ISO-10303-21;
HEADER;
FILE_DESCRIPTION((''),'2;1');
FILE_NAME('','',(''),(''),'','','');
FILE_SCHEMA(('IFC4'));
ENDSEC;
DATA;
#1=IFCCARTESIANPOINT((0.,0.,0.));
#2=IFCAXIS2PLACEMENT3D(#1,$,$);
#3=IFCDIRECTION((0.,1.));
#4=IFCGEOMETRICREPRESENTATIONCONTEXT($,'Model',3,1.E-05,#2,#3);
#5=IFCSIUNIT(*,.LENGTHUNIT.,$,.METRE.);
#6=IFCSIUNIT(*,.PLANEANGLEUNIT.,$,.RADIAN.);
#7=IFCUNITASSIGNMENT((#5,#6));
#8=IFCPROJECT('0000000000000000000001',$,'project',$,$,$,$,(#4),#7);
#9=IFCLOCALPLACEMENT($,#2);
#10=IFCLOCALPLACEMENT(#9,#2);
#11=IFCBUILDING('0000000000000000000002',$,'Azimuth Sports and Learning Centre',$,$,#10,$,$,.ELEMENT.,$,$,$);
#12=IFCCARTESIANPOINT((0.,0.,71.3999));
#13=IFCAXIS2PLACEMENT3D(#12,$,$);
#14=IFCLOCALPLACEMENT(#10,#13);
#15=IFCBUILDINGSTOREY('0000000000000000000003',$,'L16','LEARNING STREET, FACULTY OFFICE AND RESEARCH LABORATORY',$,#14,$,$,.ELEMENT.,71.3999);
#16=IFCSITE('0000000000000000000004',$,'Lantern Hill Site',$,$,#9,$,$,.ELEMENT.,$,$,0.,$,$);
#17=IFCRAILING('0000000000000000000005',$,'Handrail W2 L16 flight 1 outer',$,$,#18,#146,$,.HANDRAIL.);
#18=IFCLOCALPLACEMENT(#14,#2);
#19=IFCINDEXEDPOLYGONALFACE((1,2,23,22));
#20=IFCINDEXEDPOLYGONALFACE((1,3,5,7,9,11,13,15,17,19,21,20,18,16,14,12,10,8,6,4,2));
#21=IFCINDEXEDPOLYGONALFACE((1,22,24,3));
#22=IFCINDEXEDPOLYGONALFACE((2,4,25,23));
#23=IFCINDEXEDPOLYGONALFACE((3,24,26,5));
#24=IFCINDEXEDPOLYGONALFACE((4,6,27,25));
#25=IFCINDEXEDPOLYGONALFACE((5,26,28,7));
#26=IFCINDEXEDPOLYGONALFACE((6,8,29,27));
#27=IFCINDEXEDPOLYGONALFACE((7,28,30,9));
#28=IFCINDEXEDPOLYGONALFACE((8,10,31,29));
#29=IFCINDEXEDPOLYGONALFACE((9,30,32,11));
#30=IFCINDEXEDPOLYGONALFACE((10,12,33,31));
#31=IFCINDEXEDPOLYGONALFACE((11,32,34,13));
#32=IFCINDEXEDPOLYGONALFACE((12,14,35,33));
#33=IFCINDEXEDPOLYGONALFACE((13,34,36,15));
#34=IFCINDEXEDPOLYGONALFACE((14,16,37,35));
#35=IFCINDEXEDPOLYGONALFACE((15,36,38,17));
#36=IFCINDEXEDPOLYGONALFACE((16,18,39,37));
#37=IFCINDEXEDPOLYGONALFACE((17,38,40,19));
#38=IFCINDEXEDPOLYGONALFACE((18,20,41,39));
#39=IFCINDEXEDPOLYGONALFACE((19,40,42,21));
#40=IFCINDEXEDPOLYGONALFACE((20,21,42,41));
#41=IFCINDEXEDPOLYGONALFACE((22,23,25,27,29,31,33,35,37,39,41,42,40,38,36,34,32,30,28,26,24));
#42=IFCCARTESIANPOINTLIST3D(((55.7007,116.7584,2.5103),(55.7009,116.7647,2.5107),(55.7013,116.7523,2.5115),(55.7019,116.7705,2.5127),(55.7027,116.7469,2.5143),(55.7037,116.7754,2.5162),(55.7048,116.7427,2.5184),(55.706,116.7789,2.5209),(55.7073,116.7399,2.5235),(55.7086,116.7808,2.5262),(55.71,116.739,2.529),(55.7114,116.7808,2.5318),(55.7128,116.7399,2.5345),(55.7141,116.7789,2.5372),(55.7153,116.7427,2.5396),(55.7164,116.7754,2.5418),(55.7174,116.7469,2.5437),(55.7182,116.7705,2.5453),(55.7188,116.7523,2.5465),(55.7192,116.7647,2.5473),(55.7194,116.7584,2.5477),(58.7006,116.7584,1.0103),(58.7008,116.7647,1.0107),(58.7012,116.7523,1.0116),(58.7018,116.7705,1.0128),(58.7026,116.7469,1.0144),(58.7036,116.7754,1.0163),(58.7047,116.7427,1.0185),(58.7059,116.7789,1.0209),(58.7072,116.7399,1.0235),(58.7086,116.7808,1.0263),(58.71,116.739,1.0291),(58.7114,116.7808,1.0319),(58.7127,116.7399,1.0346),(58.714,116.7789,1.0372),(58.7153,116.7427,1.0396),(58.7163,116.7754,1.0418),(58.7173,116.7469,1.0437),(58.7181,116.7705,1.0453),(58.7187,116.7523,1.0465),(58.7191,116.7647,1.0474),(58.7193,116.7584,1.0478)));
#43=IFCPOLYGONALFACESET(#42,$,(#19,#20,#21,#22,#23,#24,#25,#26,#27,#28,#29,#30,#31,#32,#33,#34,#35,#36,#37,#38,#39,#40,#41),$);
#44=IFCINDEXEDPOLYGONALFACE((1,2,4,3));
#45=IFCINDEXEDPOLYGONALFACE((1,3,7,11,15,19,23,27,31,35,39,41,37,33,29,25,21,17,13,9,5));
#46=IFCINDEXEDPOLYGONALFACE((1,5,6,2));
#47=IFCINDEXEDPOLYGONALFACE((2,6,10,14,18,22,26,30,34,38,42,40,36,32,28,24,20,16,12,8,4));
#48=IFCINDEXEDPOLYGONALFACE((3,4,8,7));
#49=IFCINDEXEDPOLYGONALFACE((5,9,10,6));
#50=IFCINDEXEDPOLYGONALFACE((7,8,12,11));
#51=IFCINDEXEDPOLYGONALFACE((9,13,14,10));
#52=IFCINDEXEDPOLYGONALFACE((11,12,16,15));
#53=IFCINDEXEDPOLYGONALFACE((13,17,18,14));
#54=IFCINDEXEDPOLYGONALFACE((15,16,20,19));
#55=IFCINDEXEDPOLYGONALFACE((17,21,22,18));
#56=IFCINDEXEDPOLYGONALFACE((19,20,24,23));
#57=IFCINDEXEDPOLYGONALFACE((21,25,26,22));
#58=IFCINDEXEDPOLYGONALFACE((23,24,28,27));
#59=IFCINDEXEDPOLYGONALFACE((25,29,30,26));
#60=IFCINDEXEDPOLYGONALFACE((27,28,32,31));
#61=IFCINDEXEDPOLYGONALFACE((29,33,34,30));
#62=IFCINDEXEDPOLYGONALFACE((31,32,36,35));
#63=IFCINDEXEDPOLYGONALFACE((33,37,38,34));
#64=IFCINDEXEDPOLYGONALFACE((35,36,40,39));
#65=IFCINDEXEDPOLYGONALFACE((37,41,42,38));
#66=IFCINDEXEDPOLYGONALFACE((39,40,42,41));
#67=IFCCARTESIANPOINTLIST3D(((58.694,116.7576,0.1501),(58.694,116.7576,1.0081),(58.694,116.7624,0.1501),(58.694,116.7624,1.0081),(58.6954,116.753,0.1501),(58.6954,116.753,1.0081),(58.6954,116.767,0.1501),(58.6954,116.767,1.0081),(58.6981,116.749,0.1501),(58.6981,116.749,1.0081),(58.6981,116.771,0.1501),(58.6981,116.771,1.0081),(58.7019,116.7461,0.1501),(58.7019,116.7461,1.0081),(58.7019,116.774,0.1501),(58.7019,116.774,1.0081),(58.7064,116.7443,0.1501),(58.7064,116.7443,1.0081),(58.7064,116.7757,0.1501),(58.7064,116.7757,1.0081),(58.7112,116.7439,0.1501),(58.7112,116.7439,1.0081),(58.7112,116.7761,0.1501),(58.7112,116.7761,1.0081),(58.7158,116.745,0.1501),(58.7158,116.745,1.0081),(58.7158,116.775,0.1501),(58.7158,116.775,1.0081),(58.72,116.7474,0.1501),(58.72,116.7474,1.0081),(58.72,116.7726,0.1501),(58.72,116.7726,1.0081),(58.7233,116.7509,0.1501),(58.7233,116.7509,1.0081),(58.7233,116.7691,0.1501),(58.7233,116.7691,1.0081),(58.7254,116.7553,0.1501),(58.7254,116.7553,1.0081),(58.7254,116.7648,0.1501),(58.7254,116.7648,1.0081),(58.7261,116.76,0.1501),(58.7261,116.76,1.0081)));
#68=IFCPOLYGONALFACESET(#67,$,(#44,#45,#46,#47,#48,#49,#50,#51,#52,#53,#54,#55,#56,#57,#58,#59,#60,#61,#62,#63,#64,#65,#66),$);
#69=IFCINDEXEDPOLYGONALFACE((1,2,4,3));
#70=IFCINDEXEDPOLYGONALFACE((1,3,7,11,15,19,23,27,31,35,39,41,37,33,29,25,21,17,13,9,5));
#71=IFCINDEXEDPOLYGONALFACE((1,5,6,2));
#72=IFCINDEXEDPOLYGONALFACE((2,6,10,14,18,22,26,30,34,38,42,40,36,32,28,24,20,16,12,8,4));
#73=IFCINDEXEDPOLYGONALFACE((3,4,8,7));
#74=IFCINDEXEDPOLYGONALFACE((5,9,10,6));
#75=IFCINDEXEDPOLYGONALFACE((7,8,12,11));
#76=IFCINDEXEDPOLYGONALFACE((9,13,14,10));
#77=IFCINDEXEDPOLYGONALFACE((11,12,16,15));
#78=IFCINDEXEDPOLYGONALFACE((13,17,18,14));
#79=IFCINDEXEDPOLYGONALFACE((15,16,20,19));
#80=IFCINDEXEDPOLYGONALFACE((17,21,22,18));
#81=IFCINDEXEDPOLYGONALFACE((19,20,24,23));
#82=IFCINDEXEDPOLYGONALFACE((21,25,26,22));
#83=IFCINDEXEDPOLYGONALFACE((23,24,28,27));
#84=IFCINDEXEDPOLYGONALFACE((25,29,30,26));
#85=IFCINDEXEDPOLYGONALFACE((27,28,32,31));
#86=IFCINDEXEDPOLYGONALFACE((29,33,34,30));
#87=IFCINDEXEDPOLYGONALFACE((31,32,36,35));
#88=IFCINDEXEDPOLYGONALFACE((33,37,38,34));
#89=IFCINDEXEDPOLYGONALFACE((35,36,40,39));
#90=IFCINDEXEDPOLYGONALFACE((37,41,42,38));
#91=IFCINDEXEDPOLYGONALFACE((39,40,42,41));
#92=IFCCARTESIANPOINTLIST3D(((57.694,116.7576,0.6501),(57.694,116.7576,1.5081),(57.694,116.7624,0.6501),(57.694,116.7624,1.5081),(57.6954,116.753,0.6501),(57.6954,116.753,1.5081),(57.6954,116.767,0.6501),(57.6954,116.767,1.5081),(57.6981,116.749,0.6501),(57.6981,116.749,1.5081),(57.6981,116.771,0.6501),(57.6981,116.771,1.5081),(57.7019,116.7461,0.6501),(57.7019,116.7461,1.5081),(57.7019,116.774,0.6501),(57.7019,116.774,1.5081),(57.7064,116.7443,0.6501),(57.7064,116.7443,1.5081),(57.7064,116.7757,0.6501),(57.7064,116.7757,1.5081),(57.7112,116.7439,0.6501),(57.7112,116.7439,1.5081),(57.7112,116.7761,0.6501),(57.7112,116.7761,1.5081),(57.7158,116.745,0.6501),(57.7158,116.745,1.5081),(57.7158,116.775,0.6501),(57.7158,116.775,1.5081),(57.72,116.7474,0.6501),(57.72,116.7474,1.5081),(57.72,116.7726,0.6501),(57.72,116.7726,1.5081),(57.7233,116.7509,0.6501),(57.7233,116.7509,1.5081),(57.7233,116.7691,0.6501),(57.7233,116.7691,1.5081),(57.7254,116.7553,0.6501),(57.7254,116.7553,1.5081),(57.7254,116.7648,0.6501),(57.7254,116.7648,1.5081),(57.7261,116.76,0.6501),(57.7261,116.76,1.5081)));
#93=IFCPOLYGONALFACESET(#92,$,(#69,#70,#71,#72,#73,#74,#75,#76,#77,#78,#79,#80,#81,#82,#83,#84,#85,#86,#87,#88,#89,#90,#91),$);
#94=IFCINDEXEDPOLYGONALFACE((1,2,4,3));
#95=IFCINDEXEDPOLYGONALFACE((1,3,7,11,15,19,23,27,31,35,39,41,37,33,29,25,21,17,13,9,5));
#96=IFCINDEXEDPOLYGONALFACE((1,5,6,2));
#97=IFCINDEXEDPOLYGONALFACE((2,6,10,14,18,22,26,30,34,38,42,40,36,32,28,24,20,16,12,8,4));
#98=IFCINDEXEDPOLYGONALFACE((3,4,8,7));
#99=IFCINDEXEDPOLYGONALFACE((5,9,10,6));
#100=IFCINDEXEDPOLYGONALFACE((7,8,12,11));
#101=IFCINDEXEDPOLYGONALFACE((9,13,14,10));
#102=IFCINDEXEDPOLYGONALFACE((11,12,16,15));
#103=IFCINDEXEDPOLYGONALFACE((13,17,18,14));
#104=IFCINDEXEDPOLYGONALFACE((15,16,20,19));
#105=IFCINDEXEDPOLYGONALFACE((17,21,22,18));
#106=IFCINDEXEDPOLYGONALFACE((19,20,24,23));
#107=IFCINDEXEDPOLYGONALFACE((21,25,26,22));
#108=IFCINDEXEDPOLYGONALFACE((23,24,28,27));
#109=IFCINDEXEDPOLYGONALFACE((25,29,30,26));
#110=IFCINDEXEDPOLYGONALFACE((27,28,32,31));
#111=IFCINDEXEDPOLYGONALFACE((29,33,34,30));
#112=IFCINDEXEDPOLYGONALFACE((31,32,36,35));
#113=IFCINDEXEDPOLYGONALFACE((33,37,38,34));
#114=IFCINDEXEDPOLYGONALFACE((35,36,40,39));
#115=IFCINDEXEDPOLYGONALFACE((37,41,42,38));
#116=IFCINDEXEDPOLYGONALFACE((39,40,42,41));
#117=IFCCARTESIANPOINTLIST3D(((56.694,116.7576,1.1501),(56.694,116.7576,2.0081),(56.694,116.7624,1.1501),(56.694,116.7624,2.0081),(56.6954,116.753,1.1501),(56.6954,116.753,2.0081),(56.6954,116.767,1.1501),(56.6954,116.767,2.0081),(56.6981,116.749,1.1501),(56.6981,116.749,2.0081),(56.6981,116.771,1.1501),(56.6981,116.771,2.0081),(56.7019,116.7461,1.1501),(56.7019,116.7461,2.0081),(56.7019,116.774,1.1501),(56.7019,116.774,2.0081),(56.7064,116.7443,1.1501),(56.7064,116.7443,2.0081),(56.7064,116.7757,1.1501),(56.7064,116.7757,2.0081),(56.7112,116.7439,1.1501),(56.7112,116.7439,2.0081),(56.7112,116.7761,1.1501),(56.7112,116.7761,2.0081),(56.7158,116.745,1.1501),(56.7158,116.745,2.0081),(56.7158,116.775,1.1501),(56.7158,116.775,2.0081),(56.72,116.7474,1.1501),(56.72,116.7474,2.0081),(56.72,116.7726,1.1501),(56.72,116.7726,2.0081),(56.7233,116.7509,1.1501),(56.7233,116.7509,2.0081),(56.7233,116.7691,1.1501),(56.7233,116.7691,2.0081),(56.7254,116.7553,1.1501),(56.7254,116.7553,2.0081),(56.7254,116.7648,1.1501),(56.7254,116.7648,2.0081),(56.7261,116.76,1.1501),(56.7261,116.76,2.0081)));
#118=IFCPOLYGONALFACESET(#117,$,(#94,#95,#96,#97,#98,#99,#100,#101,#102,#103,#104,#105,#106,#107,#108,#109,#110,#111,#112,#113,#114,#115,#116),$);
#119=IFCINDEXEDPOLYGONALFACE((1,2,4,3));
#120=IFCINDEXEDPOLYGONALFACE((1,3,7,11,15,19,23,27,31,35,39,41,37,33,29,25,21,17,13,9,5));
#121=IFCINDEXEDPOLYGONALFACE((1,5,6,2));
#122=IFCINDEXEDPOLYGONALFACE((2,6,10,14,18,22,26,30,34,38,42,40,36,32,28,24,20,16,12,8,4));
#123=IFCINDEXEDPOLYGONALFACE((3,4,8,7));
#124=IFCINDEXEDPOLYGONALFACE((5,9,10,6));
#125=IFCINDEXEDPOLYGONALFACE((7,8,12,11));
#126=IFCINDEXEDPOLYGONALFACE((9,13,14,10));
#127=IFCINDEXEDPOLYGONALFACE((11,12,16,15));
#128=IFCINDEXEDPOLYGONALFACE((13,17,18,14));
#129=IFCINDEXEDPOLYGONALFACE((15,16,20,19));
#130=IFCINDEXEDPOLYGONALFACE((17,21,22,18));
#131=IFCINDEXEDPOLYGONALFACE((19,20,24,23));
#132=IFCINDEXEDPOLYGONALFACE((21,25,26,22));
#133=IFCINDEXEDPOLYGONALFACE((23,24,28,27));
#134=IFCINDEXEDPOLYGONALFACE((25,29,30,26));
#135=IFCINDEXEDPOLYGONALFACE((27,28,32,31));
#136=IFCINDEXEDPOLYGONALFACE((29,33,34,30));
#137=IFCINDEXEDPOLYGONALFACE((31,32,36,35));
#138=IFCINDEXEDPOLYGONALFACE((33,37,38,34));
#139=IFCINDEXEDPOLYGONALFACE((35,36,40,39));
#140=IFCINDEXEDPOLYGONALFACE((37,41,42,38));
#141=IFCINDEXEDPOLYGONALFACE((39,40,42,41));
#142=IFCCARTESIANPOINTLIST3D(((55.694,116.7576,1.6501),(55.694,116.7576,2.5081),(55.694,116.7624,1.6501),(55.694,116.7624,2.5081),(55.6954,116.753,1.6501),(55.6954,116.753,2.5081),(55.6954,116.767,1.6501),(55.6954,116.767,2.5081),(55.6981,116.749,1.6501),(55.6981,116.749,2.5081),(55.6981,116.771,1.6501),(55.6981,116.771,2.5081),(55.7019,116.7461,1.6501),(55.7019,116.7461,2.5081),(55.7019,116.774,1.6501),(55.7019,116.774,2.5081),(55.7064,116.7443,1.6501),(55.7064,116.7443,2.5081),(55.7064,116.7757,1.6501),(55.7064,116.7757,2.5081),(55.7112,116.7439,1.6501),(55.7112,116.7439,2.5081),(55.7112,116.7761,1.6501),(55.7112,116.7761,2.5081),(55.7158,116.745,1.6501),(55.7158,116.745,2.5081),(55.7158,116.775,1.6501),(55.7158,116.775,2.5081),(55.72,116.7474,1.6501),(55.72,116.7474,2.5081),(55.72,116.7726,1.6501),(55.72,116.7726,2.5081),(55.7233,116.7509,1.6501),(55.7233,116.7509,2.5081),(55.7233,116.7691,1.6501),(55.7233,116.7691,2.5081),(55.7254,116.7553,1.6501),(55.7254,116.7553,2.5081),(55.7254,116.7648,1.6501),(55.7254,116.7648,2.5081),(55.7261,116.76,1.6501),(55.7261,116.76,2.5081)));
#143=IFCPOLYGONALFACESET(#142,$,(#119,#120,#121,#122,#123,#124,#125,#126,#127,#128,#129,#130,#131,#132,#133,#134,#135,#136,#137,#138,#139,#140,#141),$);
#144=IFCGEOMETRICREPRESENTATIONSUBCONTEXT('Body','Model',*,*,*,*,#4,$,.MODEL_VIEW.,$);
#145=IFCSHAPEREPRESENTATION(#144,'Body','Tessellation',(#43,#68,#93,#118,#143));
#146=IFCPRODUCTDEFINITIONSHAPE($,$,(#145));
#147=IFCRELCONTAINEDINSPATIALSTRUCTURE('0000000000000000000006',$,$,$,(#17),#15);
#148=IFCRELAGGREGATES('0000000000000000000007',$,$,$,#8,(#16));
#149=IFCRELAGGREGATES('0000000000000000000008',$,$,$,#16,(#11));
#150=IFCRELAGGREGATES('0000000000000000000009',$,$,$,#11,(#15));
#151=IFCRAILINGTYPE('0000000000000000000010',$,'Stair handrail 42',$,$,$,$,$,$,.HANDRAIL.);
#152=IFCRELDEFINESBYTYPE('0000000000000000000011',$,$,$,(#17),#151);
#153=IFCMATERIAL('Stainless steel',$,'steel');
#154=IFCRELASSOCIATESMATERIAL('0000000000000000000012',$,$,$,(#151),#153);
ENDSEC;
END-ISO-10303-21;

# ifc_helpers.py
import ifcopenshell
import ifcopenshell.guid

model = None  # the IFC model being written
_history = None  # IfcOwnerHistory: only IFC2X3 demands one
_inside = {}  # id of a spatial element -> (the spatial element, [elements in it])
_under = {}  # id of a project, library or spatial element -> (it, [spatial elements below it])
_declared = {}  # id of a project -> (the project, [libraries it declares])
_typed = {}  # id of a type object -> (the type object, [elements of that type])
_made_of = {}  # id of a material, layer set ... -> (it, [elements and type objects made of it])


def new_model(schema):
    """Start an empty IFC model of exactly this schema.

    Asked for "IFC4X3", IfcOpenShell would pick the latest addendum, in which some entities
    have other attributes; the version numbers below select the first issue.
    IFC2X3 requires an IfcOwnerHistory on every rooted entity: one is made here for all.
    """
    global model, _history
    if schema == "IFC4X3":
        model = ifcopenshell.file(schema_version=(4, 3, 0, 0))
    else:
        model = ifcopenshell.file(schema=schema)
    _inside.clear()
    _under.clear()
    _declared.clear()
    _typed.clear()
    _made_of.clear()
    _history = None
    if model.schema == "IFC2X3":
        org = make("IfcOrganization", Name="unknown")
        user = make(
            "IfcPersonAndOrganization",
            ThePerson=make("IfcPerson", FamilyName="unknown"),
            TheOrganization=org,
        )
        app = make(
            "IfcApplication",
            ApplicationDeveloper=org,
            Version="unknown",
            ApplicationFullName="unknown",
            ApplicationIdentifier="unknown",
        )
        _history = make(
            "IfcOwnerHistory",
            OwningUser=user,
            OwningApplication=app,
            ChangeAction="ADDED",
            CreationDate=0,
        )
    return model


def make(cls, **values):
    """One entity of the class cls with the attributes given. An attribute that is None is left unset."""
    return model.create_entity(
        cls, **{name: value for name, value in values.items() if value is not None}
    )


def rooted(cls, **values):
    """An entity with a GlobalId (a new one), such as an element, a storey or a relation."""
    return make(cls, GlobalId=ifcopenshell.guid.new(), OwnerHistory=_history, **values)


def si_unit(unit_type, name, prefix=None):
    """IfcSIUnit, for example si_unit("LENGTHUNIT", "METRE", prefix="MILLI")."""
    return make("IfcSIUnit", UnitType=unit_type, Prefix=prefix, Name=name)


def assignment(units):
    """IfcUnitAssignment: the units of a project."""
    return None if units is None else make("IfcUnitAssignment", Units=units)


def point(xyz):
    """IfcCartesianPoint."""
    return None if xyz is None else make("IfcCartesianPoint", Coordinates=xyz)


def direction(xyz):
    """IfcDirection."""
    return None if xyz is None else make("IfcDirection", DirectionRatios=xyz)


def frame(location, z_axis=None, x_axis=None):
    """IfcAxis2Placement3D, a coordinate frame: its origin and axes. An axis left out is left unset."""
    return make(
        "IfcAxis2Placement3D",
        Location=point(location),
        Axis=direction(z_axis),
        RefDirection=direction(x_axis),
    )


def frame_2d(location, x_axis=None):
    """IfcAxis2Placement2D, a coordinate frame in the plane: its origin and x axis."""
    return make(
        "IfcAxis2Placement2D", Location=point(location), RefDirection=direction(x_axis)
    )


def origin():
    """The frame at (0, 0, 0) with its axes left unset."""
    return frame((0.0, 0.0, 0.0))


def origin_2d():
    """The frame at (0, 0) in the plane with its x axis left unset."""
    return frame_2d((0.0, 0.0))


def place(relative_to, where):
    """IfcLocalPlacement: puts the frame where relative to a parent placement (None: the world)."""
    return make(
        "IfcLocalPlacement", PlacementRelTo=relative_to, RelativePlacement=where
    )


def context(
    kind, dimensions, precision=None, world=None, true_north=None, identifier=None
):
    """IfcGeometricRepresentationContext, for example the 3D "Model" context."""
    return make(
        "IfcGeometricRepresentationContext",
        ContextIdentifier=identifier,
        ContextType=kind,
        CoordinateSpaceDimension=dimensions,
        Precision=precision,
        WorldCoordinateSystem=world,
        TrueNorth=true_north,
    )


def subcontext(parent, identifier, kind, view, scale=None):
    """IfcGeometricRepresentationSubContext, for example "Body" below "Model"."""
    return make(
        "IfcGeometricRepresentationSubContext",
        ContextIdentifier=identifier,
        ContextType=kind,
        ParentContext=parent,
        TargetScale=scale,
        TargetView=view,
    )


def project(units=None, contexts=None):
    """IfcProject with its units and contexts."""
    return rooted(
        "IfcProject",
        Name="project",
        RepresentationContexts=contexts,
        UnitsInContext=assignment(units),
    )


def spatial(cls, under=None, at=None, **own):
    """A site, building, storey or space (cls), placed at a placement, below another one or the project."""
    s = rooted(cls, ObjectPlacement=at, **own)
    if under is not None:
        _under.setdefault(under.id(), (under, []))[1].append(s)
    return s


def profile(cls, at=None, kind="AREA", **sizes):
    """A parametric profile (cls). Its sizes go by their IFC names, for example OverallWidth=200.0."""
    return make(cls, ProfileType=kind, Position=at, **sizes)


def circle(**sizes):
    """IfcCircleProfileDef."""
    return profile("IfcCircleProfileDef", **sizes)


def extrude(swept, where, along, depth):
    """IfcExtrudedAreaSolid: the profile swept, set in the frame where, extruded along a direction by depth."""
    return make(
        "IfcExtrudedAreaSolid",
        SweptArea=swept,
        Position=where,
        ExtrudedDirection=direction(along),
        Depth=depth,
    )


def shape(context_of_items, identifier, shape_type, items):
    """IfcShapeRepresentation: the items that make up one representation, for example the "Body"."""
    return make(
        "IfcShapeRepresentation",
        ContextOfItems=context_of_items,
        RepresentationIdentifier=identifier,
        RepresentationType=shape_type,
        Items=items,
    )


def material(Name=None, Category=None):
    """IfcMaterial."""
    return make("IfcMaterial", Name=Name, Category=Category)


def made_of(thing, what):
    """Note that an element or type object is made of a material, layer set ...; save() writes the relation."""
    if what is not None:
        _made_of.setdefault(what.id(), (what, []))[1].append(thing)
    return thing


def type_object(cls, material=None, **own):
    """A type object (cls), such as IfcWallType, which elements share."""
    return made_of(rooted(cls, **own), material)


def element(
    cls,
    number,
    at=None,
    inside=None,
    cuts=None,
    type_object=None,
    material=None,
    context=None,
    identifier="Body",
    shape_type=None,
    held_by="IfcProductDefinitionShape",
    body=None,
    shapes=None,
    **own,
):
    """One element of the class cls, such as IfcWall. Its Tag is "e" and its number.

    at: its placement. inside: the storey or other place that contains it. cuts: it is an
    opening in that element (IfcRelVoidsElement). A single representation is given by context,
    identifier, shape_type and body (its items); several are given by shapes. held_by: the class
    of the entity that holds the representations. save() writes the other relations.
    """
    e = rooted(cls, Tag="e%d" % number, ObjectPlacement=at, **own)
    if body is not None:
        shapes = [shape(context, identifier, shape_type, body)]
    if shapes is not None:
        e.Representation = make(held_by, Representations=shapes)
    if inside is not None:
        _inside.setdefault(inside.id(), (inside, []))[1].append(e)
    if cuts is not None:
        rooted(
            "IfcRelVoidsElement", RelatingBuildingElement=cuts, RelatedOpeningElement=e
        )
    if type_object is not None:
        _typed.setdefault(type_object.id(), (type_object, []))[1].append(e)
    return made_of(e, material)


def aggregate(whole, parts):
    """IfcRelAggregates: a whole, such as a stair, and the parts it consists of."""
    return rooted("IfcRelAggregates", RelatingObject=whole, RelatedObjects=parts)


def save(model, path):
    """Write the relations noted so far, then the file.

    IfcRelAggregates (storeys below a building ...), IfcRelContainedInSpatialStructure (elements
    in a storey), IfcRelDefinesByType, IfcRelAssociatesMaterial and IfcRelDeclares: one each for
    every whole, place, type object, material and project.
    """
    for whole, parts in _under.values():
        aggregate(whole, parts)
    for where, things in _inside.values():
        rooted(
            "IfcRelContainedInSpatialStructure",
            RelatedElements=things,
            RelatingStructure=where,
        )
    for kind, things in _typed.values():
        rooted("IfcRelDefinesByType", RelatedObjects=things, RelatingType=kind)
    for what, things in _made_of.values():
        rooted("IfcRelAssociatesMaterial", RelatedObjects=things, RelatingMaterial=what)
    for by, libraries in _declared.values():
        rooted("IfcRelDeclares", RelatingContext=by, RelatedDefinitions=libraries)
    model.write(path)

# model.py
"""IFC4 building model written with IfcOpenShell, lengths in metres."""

from ifc_helpers import new_model, si_unit, direction, frame, origin, origin_2d, place, context, subcontext, project, spatial, circle, extrude, material, type_object, element, save


model = new_model("IFC4")

# Units and contexts
model_context = context("Model", 3, precision=1e-05, world=origin(), true_north=direction((0.0, 1.0)))
body_context = subcontext(model_context, "Body", "Model", "MODEL_VIEW")
ifc_project = project(units=[si_unit("LENGTHUNIT", "METRE"), si_unit("PLANEANGLEUNIT", "RADIAN")], contexts=[model_context])

# Site, building, storey
site_placement = place(None, origin())
site = spatial("IfcSite", under=ifc_project, at=site_placement, Name="Lantern Hill Site", CompositionType="ELEMENT", RefElevation=0.0)
building_placement = place(site_placement, origin())
building = spatial("IfcBuilding", under=site, at=building_placement, Name="Azimuth Sports and Learning Centre", CompositionType="ELEMENT")
storey_placement = place(building_placement, frame((0.0, 0.0, 71.3999)))
storey = spatial("IfcBuildingStorey", under=building, at=storey_placement, Name="L16", Description="LEARNING STREET, FACULTY OFFICE AND RESEARCH LABORATORY", CompositionType="ELEMENT", Elevation=71.3999)

# Railing
ifc_material_1 = material(Name="Stainless steel", Category="steel")
railing_type_1 = type_object("IfcRailingType", Name="Stair handrail 42", PredefinedType="HANDRAIL", material=ifc_material_1)
for number, where, name in (
    (1, (58.71, 116.76, 0.1501), "Handrail W2 L16 flight 1 outer"),
):
    element("IfcRailing", number, at=place(storey_placement, frame(where)), inside=storey, type_object=railing_type_1, Name=name, PredefinedType="HANDRAIL", context=body_context, shape_type="SweptSolid", body=[
        extrude(circle(Radius=0.021, at=origin_2d()), frame((0.0, 0.0, 0.8789), z_axis=(-0.894427, 0.0, 0.447214), x_axis=(0.0, -1.0, 0.0)), (0.0, 0.0, 1.0), 3.354),
        extrude(circle(Radius=0.0161, at=origin_2d()), origin(), (0.0, 0.0, 1.0), 0.8579),
        extrude(circle(Radius=0.0161, at=origin_2d()), frame((-1.0, 0.0, 0.5)), (0.0, 0.0, 1.0), 0.8579),
        extrude(circle(Radius=0.0161, at=origin_2d()), frame((-2.0, 0.0, 1.0)), (0.0, 0.0, 1.0), 0.8579),
        extrude(circle(Radius=0.0161, at=origin_2d()), frame((-3.0, 0.0, 1.5)), (0.0, 0.0, 1.0), 0.8579),
    ])

save(model, "model.ifc")
